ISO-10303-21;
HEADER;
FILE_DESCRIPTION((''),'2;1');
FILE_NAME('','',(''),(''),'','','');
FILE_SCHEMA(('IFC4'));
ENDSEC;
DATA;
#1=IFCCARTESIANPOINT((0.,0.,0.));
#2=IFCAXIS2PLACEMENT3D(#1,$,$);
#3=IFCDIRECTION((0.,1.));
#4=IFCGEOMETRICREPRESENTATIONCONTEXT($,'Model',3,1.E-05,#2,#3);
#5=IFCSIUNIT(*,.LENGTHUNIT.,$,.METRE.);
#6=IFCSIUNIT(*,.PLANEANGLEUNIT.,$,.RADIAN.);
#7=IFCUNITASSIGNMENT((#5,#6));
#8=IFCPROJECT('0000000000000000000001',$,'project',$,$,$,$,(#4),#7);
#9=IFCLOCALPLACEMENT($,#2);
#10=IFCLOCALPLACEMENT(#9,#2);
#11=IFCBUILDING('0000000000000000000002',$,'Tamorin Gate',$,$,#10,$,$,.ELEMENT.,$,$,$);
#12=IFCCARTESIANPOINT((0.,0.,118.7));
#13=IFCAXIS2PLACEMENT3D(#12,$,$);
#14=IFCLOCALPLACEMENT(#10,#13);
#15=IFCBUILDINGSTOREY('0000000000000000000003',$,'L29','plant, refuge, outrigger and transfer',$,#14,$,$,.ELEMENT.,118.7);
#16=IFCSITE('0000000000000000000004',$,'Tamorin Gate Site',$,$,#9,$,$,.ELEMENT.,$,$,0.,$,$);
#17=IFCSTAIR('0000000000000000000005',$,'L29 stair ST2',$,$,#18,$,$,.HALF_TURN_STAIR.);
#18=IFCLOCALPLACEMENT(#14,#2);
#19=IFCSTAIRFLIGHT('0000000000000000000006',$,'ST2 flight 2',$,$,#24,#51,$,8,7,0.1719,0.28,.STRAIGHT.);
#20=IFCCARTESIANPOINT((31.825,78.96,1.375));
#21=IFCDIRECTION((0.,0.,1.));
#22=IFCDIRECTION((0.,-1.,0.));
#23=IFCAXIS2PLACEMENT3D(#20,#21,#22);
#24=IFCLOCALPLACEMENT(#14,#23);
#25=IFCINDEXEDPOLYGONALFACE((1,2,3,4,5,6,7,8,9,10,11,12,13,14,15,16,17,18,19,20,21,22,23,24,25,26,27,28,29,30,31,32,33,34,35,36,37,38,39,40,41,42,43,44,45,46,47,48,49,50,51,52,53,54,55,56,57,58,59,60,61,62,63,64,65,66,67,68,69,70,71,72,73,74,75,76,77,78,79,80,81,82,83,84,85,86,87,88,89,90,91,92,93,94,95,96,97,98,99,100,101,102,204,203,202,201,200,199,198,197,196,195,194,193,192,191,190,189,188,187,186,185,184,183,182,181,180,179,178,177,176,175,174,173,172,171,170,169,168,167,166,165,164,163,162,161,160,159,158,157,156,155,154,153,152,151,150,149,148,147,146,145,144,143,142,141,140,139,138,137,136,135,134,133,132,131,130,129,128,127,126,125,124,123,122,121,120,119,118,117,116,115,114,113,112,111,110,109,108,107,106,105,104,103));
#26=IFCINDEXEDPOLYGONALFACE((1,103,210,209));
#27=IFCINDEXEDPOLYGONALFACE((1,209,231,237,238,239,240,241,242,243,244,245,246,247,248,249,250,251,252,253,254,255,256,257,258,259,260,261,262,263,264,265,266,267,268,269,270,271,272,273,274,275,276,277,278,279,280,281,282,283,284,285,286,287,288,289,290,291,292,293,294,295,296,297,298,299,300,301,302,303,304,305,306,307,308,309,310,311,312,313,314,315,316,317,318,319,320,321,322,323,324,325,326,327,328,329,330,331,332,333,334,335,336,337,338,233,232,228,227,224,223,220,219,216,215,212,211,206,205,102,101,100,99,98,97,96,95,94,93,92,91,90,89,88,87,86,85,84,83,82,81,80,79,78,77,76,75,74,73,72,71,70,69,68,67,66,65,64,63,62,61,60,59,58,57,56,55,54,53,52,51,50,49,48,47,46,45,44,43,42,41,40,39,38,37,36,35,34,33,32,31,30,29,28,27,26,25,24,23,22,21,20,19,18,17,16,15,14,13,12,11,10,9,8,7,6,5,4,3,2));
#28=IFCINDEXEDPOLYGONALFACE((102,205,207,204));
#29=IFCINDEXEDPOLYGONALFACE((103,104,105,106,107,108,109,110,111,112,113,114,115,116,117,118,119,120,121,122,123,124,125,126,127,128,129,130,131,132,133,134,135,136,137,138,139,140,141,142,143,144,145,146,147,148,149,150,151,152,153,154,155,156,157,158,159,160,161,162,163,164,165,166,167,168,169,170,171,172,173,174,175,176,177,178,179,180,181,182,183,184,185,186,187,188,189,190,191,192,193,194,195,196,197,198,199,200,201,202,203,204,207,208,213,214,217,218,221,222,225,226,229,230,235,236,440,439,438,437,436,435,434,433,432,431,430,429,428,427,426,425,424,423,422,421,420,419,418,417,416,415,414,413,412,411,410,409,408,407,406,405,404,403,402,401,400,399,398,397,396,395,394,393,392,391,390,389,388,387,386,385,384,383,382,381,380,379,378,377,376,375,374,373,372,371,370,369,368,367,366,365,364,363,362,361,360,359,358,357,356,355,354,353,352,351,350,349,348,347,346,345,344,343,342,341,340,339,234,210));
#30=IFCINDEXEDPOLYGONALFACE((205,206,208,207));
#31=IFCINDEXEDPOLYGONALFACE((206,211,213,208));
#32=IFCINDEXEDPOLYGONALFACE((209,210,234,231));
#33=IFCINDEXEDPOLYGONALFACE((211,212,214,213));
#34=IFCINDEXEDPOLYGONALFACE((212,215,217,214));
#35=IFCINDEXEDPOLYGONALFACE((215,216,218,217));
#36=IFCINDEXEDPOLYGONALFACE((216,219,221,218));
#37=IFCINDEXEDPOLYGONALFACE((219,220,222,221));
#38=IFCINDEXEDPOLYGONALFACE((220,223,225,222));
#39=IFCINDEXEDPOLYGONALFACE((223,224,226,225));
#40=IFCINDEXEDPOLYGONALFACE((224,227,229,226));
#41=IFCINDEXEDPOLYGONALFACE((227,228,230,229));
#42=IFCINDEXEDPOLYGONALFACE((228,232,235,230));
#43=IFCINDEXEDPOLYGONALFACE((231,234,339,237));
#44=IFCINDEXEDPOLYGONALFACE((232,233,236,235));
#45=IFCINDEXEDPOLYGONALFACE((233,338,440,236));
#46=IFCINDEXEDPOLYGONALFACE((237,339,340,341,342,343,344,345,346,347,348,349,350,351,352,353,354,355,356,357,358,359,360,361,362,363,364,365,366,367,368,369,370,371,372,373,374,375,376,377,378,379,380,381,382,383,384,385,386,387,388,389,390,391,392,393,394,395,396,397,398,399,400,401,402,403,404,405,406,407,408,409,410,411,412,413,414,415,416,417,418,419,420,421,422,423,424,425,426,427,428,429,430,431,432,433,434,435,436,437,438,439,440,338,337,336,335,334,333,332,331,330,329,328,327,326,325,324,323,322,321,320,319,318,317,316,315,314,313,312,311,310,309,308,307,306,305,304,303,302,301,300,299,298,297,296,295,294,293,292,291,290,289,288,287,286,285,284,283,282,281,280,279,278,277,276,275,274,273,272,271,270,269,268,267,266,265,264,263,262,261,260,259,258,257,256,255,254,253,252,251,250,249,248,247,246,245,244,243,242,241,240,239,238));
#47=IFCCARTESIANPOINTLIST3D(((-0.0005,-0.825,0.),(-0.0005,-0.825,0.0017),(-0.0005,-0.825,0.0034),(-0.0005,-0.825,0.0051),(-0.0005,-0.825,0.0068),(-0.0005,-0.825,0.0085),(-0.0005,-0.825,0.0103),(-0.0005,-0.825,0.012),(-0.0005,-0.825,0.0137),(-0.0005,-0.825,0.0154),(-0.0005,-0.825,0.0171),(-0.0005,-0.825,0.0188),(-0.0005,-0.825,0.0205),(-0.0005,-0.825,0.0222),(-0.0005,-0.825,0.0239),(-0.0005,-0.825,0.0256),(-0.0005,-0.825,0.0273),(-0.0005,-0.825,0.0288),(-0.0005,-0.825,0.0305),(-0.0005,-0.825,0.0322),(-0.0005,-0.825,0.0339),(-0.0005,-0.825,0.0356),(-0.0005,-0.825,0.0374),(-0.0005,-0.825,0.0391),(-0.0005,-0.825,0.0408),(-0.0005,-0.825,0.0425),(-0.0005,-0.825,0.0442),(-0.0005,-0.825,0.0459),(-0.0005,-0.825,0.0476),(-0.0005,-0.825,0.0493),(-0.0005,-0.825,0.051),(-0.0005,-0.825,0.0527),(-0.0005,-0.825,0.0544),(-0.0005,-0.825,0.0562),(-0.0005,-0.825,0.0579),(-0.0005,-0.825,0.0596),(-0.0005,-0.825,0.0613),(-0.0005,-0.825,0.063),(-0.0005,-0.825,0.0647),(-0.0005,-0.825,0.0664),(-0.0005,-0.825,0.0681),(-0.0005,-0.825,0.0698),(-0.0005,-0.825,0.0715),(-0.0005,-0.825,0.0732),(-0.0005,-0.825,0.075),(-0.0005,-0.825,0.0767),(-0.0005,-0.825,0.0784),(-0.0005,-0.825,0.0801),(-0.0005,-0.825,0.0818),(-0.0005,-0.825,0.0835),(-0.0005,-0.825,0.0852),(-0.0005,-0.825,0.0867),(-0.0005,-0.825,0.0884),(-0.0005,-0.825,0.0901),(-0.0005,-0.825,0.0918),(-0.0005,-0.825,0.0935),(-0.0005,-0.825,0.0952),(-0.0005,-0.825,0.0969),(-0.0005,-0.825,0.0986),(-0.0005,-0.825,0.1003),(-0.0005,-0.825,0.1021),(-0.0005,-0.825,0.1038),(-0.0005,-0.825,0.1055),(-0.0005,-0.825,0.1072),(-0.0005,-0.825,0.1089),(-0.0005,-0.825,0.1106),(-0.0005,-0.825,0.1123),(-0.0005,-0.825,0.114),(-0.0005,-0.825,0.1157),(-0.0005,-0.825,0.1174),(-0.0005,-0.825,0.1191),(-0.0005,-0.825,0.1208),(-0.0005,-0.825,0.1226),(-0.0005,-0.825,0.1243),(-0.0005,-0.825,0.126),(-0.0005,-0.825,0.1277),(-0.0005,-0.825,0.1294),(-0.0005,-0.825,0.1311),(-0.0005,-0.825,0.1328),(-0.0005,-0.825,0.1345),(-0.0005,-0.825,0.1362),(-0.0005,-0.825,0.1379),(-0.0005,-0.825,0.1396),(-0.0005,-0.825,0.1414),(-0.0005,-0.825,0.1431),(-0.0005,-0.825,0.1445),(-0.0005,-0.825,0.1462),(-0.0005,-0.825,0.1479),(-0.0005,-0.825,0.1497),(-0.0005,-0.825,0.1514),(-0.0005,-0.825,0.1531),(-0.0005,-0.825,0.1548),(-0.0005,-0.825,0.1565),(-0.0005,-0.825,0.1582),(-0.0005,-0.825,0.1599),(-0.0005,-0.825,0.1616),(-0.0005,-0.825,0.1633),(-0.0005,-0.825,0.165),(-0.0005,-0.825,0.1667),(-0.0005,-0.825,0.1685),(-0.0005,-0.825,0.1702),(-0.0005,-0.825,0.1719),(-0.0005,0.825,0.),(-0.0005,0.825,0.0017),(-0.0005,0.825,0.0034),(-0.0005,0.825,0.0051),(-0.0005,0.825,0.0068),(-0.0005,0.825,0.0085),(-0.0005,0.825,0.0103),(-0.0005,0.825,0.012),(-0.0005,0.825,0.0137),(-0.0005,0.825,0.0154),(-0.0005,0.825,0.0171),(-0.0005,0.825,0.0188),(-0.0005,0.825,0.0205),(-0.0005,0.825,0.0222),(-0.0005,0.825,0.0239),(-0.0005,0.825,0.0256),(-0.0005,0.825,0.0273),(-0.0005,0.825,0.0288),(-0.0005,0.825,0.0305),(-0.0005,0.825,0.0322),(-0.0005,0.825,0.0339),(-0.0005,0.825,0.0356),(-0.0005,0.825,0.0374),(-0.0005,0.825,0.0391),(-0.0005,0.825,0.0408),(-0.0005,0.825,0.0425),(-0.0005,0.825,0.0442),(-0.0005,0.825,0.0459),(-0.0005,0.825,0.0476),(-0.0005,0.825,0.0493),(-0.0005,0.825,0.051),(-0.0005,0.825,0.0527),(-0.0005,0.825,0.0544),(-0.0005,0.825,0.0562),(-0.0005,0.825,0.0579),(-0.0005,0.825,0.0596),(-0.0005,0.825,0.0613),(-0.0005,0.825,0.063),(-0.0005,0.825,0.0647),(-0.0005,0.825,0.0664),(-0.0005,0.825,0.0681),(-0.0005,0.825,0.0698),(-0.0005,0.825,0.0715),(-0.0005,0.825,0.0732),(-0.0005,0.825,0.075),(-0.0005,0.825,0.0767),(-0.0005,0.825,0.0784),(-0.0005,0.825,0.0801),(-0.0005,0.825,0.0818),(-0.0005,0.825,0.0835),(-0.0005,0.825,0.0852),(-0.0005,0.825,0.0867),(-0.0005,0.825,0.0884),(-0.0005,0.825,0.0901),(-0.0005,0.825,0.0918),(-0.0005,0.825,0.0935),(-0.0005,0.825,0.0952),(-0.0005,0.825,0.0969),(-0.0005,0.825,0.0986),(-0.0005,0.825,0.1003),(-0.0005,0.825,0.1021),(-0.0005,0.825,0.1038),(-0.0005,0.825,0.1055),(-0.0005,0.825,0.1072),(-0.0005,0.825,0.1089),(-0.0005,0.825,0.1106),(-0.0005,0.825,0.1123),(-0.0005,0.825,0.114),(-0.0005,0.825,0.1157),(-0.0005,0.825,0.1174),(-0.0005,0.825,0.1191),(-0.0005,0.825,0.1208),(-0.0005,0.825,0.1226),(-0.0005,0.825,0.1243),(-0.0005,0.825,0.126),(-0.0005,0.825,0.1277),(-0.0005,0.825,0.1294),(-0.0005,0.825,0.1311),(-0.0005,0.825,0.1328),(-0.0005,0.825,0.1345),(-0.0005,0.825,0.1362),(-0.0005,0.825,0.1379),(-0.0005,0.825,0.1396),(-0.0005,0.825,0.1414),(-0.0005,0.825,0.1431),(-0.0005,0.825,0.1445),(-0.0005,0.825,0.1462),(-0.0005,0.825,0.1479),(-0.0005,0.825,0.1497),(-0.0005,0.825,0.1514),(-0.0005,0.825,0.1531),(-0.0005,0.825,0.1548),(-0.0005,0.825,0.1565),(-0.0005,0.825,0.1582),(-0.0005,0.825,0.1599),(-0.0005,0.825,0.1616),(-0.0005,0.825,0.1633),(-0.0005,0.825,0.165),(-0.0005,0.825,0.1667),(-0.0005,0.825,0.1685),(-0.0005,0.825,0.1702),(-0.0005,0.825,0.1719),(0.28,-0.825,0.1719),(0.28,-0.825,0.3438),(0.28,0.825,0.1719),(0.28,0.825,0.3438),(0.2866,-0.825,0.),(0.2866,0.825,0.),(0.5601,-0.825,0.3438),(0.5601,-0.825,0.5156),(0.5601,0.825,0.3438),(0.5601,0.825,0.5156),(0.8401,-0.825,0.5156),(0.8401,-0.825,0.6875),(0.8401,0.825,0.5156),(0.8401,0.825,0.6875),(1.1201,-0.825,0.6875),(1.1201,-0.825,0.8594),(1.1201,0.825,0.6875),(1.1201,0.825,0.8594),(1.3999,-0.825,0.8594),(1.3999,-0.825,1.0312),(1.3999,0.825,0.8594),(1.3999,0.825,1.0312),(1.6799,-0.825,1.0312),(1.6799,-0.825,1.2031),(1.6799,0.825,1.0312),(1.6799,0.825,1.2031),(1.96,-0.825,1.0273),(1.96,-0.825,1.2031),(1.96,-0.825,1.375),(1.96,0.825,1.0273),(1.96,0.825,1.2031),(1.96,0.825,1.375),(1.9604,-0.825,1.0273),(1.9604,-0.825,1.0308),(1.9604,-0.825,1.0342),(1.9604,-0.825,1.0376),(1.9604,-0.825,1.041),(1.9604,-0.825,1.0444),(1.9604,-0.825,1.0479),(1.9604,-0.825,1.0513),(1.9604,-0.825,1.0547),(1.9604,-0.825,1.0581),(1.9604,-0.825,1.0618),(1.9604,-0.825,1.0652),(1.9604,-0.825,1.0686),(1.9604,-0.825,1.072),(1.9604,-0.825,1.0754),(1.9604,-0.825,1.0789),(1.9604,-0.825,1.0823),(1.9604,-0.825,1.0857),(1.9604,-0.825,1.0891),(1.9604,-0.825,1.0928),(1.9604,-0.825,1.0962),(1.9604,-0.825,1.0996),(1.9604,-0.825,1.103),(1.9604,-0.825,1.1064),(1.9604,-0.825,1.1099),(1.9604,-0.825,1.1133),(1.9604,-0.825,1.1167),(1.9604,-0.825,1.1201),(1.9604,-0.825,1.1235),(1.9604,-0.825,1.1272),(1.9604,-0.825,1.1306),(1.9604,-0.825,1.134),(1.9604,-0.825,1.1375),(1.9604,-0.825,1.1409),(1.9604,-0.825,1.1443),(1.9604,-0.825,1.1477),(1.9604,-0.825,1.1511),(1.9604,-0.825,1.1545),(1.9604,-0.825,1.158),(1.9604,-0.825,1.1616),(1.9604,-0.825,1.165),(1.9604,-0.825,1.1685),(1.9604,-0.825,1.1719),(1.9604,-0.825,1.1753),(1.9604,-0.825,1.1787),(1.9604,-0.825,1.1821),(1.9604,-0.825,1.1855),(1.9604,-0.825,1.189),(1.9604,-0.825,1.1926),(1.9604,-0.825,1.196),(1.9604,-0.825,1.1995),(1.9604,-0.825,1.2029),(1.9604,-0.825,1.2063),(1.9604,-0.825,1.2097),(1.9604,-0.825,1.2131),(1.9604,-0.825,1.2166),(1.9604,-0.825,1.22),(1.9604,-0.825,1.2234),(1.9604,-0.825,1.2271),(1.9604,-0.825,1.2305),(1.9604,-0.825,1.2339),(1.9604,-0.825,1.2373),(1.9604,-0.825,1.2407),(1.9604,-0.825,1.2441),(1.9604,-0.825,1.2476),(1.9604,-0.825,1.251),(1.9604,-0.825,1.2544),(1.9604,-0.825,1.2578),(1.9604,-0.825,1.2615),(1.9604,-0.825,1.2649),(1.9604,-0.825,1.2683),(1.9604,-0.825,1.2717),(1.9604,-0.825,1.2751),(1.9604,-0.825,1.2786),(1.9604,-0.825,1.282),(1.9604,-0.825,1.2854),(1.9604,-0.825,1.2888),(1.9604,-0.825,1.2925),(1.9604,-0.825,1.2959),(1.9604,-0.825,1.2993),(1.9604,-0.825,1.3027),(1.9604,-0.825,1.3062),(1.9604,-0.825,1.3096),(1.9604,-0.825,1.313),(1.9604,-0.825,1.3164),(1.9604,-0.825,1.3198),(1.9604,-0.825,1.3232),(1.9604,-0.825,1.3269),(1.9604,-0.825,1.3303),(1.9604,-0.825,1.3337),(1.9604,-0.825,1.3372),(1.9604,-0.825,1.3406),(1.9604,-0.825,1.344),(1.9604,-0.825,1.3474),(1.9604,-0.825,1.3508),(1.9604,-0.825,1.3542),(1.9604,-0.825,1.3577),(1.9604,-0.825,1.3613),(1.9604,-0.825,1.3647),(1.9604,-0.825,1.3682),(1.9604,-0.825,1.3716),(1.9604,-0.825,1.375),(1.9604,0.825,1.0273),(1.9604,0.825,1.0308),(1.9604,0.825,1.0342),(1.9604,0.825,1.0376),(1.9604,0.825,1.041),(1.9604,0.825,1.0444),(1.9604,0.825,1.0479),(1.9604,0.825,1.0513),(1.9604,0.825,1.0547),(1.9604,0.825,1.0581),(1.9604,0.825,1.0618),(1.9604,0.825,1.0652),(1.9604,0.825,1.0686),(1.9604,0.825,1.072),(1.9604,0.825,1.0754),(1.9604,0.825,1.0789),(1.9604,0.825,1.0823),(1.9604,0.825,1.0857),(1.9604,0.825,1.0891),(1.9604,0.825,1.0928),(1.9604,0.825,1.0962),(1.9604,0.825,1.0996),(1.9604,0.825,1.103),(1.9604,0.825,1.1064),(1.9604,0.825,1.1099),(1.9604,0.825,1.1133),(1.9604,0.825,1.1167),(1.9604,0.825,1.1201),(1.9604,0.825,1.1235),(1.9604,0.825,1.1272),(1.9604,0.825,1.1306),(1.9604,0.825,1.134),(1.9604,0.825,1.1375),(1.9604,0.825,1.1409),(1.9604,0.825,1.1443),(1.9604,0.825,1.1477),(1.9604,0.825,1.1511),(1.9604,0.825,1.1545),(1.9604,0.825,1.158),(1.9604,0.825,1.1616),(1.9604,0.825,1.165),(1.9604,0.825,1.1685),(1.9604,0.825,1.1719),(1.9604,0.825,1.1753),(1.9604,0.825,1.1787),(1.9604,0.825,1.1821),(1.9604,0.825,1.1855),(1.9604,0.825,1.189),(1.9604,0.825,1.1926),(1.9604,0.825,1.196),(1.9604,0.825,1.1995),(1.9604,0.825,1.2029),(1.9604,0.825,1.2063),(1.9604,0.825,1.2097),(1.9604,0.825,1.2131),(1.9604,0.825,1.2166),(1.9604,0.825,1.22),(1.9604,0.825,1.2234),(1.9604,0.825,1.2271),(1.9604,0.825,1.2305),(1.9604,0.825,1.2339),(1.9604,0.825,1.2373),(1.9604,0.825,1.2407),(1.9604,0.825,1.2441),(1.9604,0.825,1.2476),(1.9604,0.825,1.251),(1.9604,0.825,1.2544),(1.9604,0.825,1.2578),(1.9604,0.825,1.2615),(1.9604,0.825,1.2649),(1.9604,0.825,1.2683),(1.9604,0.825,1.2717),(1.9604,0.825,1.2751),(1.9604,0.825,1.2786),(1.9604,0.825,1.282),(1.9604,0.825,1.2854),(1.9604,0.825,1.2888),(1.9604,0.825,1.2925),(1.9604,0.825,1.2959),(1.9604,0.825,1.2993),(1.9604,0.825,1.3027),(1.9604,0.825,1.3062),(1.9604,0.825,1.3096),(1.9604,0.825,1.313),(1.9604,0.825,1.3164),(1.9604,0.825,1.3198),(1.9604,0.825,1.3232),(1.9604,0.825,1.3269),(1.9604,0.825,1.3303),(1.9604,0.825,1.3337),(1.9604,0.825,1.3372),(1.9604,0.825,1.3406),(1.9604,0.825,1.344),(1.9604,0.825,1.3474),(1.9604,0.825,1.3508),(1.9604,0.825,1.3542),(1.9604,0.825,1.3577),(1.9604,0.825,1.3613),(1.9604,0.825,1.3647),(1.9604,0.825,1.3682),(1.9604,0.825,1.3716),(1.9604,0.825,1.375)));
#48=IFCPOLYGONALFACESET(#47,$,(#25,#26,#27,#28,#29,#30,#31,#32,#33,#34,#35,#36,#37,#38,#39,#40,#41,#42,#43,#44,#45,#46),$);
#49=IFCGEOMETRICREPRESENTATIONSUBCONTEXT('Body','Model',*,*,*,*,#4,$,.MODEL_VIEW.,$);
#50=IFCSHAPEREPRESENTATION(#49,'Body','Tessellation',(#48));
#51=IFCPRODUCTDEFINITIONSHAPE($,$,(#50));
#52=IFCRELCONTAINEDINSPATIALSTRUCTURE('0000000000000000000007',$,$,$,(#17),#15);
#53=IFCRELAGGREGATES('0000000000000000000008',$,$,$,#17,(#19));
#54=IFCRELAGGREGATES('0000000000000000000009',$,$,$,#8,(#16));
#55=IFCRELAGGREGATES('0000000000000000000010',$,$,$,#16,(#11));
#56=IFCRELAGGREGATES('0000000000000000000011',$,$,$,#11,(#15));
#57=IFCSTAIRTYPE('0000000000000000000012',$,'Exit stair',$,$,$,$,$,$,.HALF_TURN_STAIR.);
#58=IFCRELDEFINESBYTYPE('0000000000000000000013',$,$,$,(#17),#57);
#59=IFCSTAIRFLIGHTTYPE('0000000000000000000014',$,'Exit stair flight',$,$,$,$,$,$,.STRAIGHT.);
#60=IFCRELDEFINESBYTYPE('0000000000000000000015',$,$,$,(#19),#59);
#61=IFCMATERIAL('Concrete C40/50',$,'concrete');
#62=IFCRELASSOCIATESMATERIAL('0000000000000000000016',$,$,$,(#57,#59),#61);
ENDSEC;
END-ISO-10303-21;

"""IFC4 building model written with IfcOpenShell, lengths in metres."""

from ifc_helpers import new_model, si_unit, direction, frame, origin, place, context, subcontext, project, spatial, polyline, outline, extrude, material, type_object, element, aggregate, save


model = new_model("IFC4")

# Units and contexts
model_context = context("Model", 3, precision=1e-05, world=origin(), true_north=direction((0.0, 1.0)))
body_context = subcontext(model_context, "Body", "Model", "MODEL_VIEW")
ifc_project = project(units=[si_unit("LENGTHUNIT", "METRE"), si_unit("PLANEANGLEUNIT", "RADIAN")], contexts=[model_context])

# Site, building, storey
site_placement = place(None, origin())
site = spatial("IfcSite", under=ifc_project, at=site_placement, Name="Tamorin Gate Site", CompositionType="ELEMENT", RefElevation=0.0)
building_placement = place(site_placement, origin())
building = spatial("IfcBuilding", under=site, at=building_placement, Name="Tamorin Gate", CompositionType="ELEMENT")
storey_placement = place(building_placement, frame((0.0, 0.0, 118.7)))
storey = spatial("IfcBuildingStorey", under=building, at=storey_placement, Name="L29", Description="plant, refuge, outrigger and transfer", CompositionType="ELEMENT", Elevation=118.7)

# Shared definitions
ifc_material_1 = material(Name="Concrete C40/50", Category="concrete")

# Stair, stair flight
stair_type = type_object("IfcStairType", Name="Exit stair", PredefinedType="HALF_TURN_STAIR", material=ifc_material_1)
stair_placement = place(storey_placement, origin())
stair = element("IfcStair", 1, at=stair_placement, inside=storey, type_object=stair_type, Name="L29 stair ST2", PredefinedType="HALF_TURN_STAIR")
stair_flight_type = type_object("IfcStairFlightType", Name="Exit stair flight", PredefinedType="STRAIGHT", material=ifc_material_1)
stair_flight_1_placement = place(storey_placement, frame((31.825, 78.96, 1.375), z_axis=(0.0, 0.0, 1.0), x_axis=(0.0, -1.0, 0.0)))
stair_flight_1 = element("IfcStairFlight", 2, at=stair_flight_1_placement, type_object=stair_flight_type, Name="ST2 flight 2", NumberOfRisers=8, NumberOfTreads=7, PredefinedType="STRAIGHT", RiserHeight=0.1719, TreadLength=0.28, context=body_context, shape_type="SweptSolid", body=[
    extrude(outline(polyline([(-0.0005, 0.0), (-0.0005, 0.0017), (-0.0005, 0.0034), (-0.0005, 0.0051), (-0.0005, 0.0068), (-0.0005, 0.0085), (-0.0005, 0.0103), (-0.0005, 0.012), (-0.0005, 0.0137), (-0.0005, 0.0154), (-0.0005, 0.0171), (-0.0005, 0.0188), (-0.0005, 0.0205), (-0.0005, 0.0222), (-0.0005, 0.0239), (-0.0005, 0.0256), (-0.0005, 0.0273), (-0.0005, 0.0288), (-0.0005, 0.0305), (-0.0005, 0.0322), (-0.0005, 0.0339), (-0.0005, 0.0356), (-0.0005, 0.0374), (-0.0005, 0.0391), (-0.0005, 0.0408), (-0.0005, 0.0425), (-0.0005, 0.0442), (-0.0005, 0.0459), (-0.0005, 0.0476), (-0.0005, 0.0493), (-0.0005, 0.051), (-0.0005, 0.0527), (-0.0005, 0.0544), (-0.0005, 0.0562), (-0.0005, 0.0579), (-0.0005, 0.0596), (-0.0005, 0.0613), (-0.0005, 0.063), (-0.0005, 0.0647), (-0.0005, 0.0664), (-0.0005, 0.0681), (-0.0005, 0.0698), (-0.0005, 0.0715), (-0.0005, 0.0732), (-0.0005, 0.075), (-0.0005, 0.0767), (-0.0005, 0.0784), (-0.0005, 0.0801), (-0.0005, 0.0818), (-0.0005, 0.0835), (-0.0005, 0.0852), (-0.0005, 0.0867), (-0.0005, 0.0884), (-0.0005, 0.0901), (-0.0005, 0.0918), (-0.0005, 0.0935), (-0.0005, 0.0952), (-0.0005, 0.0969), (-0.0005, 0.0986), (-0.0005, 0.1003), (-0.0005, 0.1021), (-0.0005, 0.1038), (-0.0005, 0.1055), (-0.0005, 0.1072), (-0.0005, 0.1089), (-0.0005, 0.1106), (-0.0005, 0.1123), (-0.0005, 0.114), (-0.0005, 0.1157), (-0.0005, 0.1174), (-0.0005, 0.1191), (-0.0005, 0.1208), (-0.0005, 0.1226), (-0.0005, 0.1243), (-0.0005, 0.126), (-0.0005, 0.1277), (-0.0005, 0.1294), (-0.0005, 0.1311), (-0.0005, 0.1328), (-0.0005, 0.1345), (-0.0005, 0.1362), (-0.0005, 0.1379), (-0.0005, 0.1396), (-0.0005, 0.1414), (-0.0005, 0.1431), (-0.0005, 0.1445), (-0.0005, 0.1462), (-0.0005, 0.1479), (-0.0005, 0.1497), (-0.0005, 0.1514), (-0.0005, 0.1531), (-0.0005, 0.1548), (-0.0005, 0.1565), (-0.0005, 0.1582), (-0.0005, 0.1599), (-0.0005, 0.1616), (-0.0005, 0.1633), (-0.0005, 0.165), (-0.0005, 0.1667), (-0.0005, 0.1685), (-0.0005, 0.1702), (-0.0005, 0.1719), (0.28, 0.1719), (0.28, 0.3438), (0.5601, 0.3438), (0.5601, 0.5156), (0.8401, 0.5156), (0.8401, 0.6875), (1.1201, 0.6875), (1.1201, 0.8594), (1.3999, 0.8594), (1.3999, 1.0312), (1.6799, 1.0312), (1.6799, 1.2031), (1.96, 1.2031), (1.96, 1.375), (1.9604, 1.375), (1.9604, 1.3716), (1.9604, 1.3682), (1.9604, 1.3647), (1.9604, 1.3613), (1.9604, 1.3577), (1.9604, 1.3542), (1.9604, 1.3508), (1.9604, 1.3474), (1.9604, 1.344), (1.9604, 1.3406), (1.9604, 1.3372), (1.9604, 1.3337), (1.9604, 1.3303), (1.9604, 1.3269), (1.9604, 1.3232), (1.9604, 1.3198), (1.9604, 1.3164), (1.9604, 1.313), (1.9604, 1.3096), (1.9604, 1.3062), (1.9604, 1.3027), (1.9604, 1.2993), (1.9604, 1.2959), (1.9604, 1.2925), (1.9604, 1.2888), (1.9604, 1.2854), (1.9604, 1.282), (1.9604, 1.2786), (1.9604, 1.2751), (1.9604, 1.2717), (1.9604, 1.2683), (1.9604, 1.2649), (1.9604, 1.2615), (1.9604, 1.2578), (1.9604, 1.2544), (1.9604, 1.251), (1.9604, 1.2476), (1.9604, 1.2441), (1.9604, 1.2407), (1.9604, 1.2373), (1.9604, 1.2339), (1.9604, 1.2305), (1.9604, 1.2271), (1.9604, 1.2234), (1.9604, 1.22), (1.9604, 1.2166), (1.9604, 1.2131), (1.9604, 1.2097), (1.9604, 1.2063), (1.9604, 1.2029), (1.9604, 1.1995), (1.9604, 1.196), (1.9604, 1.1926), (1.9604, 1.189), (1.9604, 1.1855), (1.9604, 1.1821), (1.9604, 1.1787), (1.9604, 1.1753), (1.9604, 1.1719), (1.9604, 1.1685), (1.9604, 1.165), (1.9604, 1.1616), (1.9604, 1.158), (1.9604, 1.1545), (1.9604, 1.1511), (1.9604, 1.1477), (1.9604, 1.1443), (1.9604, 1.1409), (1.9604, 1.1375), (1.9604, 1.134), (1.9604, 1.1306), (1.9604, 1.1272), (1.9604, 1.1235), (1.9604, 1.1201), (1.9604, 1.1167), (1.9604, 1.1133), (1.9604, 1.1099), (1.9604, 1.1064), (1.9604, 1.103), (1.9604, 1.0996), (1.9604, 1.0962), (1.9604, 1.0928), (1.9604, 1.0891), (1.9604, 1.0857), (1.9604, 1.0823), (1.9604, 1.0789), (1.9604, 1.0754), (1.9604, 1.072), (1.9604, 1.0686), (1.9604, 1.0652), (1.9604, 1.0618), (1.9604, 1.0581), (1.9604, 1.0547), (1.9604, 1.0513), (1.9604, 1.0479), (1.9604, 1.0444), (1.9604, 1.041), (1.9604, 1.0376), (1.9604, 1.0342), (1.9604, 1.0308), (1.9604, 1.0273), (1.96, 1.0273), (0.2866, 0.0), (-0.0005, 0.0)])), frame((0.0, 0.825, 0.0), z_axis=(0.0, -1.0, 0.0), x_axis=(1.0, 0.0, 0.0)), (0.0, 0.0, 1.0), 1.6499),
])
aggregate(stair, [stair_flight_1])

save(model, "model.ifc")
